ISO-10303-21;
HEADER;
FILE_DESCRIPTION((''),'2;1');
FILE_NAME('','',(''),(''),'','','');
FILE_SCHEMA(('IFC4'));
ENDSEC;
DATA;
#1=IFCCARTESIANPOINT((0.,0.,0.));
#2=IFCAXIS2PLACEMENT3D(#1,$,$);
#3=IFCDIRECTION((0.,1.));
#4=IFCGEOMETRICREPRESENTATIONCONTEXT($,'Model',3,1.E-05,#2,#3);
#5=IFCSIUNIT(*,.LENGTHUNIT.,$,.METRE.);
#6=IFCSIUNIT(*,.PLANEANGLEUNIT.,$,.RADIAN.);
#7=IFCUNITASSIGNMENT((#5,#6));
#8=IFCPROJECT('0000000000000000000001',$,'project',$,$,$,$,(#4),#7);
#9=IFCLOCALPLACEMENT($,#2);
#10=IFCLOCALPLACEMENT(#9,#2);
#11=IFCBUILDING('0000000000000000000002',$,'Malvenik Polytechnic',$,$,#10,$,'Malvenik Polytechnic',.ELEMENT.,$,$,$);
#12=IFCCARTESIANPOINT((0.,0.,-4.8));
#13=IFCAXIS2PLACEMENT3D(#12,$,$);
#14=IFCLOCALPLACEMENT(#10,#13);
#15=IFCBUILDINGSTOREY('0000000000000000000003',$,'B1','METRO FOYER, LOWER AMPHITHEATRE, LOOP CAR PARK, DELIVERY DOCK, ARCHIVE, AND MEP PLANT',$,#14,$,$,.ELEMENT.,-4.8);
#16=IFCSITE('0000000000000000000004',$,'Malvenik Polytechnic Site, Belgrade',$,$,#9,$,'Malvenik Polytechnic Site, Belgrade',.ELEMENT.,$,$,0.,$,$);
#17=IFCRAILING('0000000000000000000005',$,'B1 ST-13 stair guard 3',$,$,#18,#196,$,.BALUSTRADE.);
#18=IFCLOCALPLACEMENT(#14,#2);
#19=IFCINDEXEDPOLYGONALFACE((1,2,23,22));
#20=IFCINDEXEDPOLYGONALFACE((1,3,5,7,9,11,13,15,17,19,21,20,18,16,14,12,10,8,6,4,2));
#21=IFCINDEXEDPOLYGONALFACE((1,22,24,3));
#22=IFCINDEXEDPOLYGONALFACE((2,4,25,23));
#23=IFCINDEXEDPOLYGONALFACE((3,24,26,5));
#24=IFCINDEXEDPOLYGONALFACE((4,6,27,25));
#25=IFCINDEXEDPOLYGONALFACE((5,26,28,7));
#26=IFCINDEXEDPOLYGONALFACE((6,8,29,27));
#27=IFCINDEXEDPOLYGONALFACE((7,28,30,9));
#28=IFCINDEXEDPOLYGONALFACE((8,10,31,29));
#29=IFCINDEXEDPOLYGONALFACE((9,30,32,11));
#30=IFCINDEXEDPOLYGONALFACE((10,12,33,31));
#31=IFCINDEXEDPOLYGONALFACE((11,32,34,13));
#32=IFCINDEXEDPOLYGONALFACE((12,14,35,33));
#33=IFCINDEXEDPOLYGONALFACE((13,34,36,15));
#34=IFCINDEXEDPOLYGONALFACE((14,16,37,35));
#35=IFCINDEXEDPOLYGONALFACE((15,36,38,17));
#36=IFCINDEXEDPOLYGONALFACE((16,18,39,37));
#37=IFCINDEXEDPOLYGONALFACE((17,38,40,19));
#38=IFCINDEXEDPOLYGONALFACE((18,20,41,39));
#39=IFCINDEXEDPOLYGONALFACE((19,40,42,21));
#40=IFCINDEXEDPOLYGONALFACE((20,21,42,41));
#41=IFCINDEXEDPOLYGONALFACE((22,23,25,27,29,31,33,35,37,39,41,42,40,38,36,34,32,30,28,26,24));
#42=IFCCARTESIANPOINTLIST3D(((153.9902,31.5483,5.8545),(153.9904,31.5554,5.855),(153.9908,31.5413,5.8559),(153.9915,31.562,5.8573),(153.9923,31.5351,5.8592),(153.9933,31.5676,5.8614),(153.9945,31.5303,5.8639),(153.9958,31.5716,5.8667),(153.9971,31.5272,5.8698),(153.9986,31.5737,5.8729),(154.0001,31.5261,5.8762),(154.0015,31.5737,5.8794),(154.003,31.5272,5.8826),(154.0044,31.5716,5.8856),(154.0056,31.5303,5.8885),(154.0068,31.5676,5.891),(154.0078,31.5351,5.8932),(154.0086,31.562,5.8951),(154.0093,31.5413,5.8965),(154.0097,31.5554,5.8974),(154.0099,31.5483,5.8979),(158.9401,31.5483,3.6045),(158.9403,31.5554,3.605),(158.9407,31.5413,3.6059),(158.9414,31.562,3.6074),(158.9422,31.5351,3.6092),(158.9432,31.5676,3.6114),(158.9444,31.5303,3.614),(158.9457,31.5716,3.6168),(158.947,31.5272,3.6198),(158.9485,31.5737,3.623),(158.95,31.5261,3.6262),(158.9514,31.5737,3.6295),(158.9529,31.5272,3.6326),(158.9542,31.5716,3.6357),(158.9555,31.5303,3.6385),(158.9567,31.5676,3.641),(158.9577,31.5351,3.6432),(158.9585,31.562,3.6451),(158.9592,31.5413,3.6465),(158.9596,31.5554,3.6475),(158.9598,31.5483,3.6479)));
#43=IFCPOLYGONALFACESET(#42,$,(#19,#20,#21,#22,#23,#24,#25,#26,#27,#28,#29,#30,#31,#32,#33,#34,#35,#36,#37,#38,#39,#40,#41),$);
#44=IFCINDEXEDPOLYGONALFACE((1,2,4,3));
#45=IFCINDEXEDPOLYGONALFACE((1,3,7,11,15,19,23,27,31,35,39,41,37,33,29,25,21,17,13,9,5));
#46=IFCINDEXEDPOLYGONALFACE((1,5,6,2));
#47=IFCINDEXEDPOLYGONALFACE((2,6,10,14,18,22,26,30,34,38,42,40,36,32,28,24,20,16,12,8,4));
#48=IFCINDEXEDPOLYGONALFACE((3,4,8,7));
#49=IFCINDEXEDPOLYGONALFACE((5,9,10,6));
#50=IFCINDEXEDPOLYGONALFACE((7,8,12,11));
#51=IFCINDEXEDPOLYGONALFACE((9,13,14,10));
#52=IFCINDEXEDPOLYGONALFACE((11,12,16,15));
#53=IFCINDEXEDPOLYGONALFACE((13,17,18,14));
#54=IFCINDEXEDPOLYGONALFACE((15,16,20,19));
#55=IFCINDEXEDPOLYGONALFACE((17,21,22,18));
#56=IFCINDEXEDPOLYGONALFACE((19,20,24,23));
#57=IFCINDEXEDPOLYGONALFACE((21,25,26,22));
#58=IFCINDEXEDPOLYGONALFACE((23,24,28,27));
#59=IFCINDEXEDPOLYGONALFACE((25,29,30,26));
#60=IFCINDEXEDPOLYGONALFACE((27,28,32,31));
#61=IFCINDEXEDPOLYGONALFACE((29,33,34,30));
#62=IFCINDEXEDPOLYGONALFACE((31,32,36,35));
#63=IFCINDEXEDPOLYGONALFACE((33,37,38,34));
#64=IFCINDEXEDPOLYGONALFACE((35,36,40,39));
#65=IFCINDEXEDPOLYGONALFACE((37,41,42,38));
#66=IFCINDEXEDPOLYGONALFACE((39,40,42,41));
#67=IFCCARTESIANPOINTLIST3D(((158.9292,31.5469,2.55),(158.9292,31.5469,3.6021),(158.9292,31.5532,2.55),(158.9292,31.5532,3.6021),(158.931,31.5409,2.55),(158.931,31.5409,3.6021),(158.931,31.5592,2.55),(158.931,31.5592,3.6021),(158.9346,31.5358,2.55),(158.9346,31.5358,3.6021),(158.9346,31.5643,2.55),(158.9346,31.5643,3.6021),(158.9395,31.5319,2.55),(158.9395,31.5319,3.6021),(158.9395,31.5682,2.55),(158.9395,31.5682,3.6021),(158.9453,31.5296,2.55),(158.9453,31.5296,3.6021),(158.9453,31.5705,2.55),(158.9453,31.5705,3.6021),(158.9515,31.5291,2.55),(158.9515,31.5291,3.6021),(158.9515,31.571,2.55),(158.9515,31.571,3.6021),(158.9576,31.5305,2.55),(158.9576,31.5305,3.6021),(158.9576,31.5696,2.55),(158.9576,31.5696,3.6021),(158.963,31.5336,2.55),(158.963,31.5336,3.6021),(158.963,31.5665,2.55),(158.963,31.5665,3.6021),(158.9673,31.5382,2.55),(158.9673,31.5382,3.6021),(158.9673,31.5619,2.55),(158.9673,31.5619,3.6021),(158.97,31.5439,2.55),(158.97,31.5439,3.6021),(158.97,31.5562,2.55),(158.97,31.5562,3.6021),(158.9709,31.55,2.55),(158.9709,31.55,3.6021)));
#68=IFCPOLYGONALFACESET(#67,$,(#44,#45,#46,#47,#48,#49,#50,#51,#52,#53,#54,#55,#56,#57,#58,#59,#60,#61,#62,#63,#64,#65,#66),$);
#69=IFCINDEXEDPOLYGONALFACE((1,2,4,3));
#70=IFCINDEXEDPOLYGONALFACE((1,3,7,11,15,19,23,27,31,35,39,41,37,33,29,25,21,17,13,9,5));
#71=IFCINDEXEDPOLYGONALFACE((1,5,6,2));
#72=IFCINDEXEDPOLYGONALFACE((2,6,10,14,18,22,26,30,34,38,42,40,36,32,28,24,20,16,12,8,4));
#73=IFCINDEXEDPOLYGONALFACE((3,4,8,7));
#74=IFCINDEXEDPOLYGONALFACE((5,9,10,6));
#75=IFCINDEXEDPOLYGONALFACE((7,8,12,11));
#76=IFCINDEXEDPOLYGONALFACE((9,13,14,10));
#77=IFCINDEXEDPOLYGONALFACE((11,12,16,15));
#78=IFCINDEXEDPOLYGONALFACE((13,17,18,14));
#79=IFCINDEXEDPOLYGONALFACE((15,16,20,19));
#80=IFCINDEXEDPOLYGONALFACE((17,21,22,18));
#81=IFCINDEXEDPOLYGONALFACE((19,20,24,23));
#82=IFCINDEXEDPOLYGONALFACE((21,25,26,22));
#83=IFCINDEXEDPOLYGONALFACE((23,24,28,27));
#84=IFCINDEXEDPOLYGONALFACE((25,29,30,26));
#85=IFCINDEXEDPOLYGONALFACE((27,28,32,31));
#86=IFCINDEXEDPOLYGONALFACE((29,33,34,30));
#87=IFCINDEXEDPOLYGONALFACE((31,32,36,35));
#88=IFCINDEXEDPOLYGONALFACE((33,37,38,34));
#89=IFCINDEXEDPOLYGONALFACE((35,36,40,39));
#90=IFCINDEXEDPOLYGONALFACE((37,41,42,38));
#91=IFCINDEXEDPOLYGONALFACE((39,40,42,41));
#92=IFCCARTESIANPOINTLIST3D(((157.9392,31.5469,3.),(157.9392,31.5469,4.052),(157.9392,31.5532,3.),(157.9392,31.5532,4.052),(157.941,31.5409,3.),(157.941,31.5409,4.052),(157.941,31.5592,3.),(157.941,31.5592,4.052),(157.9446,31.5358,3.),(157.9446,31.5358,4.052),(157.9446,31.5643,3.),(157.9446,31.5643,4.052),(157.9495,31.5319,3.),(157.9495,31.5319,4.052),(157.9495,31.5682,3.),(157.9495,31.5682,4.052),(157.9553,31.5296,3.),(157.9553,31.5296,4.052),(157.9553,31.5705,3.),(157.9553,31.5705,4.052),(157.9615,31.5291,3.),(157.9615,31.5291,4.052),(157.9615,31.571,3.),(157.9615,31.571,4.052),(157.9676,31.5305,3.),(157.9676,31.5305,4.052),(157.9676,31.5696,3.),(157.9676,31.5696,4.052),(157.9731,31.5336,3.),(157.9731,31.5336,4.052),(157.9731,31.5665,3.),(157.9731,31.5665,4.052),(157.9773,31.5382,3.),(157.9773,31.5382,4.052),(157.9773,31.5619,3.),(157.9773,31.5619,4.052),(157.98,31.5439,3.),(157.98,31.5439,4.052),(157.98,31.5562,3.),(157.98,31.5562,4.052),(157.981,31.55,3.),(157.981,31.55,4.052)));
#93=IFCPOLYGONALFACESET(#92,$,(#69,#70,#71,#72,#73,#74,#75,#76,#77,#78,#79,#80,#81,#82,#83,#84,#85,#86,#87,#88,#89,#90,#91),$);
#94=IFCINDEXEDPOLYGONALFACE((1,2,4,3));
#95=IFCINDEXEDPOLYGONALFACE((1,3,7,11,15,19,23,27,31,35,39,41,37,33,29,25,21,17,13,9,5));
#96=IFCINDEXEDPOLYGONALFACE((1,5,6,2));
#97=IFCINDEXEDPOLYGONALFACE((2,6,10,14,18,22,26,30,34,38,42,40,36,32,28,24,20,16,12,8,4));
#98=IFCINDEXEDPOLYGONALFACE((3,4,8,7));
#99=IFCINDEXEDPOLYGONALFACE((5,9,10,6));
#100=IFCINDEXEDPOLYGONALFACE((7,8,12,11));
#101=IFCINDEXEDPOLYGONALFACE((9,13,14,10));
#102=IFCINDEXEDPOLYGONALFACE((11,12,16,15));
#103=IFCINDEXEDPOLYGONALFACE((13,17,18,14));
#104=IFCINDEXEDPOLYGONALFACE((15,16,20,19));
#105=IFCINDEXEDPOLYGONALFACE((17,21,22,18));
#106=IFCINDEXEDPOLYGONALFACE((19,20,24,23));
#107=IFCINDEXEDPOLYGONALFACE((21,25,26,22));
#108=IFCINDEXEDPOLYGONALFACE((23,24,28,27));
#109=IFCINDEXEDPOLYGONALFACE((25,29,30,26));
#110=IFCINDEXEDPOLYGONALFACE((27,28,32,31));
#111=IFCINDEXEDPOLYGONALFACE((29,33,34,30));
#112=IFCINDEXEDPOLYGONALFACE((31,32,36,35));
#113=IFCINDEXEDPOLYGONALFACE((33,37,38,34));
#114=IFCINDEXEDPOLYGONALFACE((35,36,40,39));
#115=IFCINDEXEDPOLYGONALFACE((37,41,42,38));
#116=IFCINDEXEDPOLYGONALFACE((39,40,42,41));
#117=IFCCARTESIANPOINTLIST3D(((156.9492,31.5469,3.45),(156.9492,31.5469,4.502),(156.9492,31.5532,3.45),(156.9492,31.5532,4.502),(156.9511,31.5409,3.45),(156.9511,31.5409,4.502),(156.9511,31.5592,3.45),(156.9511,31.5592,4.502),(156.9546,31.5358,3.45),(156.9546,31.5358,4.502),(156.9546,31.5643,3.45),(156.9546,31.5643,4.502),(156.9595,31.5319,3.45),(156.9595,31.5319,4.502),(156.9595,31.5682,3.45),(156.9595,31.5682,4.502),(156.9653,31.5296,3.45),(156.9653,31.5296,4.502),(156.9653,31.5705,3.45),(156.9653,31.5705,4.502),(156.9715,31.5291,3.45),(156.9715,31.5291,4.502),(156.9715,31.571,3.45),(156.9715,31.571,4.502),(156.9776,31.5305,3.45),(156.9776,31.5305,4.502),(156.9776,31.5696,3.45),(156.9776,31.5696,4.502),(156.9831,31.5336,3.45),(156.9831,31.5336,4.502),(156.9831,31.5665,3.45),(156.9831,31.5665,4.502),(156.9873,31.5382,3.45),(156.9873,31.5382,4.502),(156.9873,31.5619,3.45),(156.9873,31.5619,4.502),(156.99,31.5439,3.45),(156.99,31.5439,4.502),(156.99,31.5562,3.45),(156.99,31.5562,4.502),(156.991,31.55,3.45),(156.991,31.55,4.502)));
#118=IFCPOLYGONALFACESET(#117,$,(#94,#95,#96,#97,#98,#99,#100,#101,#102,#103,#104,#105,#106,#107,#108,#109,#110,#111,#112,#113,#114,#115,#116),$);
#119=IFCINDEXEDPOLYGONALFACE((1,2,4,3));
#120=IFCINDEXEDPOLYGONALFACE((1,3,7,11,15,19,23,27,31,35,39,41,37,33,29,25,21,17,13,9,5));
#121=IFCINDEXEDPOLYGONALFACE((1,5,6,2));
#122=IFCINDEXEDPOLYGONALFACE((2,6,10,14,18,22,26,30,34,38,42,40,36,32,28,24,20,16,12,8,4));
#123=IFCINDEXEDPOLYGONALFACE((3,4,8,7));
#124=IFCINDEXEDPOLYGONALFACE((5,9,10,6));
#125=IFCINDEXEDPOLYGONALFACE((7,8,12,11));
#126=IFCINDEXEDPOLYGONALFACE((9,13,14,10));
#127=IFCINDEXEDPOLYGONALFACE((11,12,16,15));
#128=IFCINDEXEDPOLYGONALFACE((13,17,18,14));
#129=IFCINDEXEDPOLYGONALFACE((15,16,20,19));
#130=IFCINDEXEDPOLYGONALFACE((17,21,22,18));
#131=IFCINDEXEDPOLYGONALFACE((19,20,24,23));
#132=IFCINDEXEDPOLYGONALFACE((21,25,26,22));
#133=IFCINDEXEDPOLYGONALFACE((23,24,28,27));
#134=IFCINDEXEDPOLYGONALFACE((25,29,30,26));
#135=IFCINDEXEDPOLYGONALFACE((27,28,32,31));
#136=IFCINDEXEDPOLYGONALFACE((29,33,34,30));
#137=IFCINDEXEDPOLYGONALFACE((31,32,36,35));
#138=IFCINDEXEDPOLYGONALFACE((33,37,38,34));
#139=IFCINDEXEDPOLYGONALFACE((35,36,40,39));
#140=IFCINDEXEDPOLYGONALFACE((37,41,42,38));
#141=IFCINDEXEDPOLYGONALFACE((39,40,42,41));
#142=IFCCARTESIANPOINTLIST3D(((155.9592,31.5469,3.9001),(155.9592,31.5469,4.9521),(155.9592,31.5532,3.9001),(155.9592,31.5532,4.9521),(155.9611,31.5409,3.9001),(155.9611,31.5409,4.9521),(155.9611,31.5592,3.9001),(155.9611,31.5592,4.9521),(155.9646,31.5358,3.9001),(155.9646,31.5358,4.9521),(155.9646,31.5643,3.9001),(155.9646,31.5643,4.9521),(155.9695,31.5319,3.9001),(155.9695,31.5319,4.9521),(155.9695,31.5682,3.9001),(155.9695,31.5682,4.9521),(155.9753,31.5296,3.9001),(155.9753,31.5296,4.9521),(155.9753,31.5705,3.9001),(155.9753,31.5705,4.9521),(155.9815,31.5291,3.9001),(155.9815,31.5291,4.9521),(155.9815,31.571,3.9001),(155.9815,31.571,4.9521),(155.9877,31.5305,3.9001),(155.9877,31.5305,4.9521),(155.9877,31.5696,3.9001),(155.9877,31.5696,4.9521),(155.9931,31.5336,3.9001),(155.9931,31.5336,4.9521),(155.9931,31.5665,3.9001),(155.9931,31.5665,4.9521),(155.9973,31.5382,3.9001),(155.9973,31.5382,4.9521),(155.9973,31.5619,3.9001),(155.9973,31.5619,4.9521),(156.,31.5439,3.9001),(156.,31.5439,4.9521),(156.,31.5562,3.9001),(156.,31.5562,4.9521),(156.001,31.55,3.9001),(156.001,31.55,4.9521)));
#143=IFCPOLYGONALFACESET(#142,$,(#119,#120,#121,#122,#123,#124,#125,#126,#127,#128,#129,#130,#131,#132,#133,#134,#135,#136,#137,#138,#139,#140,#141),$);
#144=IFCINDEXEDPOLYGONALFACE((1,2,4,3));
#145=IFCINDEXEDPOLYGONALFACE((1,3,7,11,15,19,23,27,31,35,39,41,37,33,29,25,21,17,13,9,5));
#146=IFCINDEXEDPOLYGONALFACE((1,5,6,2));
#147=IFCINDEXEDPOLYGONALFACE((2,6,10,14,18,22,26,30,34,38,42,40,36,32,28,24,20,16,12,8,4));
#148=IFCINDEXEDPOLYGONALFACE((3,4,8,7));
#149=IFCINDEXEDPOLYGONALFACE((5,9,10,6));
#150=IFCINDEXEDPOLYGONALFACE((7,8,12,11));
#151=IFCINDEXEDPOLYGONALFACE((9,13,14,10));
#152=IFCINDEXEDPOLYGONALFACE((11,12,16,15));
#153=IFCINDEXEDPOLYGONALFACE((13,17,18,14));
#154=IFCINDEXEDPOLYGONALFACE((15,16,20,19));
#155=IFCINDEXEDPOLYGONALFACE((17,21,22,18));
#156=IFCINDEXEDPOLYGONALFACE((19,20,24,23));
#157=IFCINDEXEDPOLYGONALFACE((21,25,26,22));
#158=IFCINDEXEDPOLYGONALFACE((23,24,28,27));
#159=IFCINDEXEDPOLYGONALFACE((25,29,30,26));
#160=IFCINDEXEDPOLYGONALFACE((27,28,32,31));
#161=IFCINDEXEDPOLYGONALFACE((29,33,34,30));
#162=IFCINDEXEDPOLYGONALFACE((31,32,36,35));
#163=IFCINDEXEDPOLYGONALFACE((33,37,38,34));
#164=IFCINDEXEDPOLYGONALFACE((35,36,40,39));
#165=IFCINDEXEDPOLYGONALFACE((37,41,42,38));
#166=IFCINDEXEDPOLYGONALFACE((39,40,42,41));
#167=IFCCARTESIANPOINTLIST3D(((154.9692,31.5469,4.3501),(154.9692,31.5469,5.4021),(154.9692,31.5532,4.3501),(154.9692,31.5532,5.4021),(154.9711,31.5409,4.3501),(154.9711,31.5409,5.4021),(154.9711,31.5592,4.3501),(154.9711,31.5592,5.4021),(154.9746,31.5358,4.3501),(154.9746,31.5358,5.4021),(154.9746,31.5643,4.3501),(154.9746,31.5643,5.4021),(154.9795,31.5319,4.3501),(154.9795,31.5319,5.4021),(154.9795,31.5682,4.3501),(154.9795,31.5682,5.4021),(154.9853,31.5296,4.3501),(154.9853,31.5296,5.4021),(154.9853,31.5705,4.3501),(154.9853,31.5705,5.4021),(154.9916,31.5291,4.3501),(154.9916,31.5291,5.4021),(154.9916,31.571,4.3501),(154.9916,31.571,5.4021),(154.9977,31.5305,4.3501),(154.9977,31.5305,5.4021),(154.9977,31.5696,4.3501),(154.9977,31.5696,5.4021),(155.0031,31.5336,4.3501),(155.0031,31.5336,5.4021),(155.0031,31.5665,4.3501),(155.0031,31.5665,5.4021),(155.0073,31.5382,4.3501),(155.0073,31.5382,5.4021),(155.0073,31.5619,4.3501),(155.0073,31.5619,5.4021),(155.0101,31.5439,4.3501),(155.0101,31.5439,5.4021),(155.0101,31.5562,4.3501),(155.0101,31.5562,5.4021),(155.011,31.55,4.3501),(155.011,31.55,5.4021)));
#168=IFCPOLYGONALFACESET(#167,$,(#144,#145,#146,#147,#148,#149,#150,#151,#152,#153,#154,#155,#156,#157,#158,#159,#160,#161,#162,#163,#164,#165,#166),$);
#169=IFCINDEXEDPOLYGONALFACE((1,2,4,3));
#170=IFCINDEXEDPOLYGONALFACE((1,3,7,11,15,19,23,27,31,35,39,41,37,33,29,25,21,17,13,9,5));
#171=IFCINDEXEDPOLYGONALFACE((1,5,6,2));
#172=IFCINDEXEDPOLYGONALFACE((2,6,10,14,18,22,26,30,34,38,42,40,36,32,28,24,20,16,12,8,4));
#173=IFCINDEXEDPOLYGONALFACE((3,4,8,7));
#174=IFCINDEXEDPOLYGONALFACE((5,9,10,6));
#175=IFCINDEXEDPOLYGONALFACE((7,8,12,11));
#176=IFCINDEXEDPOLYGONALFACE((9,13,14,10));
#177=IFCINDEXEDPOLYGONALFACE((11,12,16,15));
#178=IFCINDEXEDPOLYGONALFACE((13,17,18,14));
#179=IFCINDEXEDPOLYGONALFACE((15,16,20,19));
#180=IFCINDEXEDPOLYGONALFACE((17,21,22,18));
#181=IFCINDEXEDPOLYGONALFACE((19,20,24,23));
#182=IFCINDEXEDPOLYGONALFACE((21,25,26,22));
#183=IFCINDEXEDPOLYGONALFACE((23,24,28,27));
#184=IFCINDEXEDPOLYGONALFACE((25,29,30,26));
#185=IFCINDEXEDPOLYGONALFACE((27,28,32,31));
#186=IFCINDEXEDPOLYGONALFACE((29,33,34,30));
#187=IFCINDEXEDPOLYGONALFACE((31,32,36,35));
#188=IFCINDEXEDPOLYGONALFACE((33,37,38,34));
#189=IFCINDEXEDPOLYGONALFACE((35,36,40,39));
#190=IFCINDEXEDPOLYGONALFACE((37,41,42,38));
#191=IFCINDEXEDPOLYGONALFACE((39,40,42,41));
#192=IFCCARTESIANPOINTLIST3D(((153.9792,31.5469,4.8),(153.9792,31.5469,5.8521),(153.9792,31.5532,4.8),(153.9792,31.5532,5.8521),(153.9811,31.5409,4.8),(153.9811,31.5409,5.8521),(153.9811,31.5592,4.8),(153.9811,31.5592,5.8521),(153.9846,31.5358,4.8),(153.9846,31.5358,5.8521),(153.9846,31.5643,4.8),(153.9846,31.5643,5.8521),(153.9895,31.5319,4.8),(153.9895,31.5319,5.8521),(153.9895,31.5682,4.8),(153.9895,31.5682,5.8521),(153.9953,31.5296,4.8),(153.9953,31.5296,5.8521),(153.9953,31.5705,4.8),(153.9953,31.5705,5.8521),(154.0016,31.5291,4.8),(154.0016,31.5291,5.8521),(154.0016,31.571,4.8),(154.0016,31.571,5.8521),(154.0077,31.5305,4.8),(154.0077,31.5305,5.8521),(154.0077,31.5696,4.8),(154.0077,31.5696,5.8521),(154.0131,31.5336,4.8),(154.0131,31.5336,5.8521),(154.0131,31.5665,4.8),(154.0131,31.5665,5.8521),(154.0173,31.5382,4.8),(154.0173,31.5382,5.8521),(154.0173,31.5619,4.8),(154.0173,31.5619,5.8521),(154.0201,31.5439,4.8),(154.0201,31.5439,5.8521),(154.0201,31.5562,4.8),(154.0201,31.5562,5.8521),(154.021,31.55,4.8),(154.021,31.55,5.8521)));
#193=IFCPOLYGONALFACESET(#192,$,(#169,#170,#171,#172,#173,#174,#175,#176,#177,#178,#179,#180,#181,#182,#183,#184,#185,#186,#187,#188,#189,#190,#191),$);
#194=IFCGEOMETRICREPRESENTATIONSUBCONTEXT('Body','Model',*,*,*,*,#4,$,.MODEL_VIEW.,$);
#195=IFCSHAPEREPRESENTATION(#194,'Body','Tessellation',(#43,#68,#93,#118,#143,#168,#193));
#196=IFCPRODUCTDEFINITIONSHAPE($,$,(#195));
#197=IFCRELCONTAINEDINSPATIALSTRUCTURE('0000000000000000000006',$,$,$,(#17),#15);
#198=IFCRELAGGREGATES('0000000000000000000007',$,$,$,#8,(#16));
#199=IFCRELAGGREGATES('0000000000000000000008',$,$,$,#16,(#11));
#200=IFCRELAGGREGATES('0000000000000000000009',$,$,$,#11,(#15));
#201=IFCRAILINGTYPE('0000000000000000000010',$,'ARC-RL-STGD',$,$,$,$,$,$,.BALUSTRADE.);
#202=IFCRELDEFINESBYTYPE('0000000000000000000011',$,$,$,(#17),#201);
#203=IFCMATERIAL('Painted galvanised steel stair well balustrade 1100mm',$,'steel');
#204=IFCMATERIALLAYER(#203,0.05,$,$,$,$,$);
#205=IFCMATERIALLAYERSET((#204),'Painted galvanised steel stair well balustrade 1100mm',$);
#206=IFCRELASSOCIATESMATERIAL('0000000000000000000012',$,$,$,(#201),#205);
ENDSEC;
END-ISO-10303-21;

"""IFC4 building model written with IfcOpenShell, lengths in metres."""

from ifc_helpers import new_model, si_unit, direction, frame, origin, origin_2d, place, context, subcontext, project, spatial, circle, extrude, material, layer, layer_set, type_object, element, save


model = new_model("IFC4")

# Units and contexts
model_context = context("Model", 3, precision=1e-05, world=origin(), true_north=direction((0.0, 1.0)))
body_context = subcontext(model_context, "Body", "Model", "MODEL_VIEW")
ifc_project = project(units=[si_unit("LENGTHUNIT", "METRE"), si_unit("PLANEANGLEUNIT", "RADIAN")], contexts=[model_context])

# Site, building, storey
site_placement = place(None, origin())
site = spatial("IfcSite", under=ifc_project, at=site_placement, Name="Malvenik Polytechnic Site, Belgrade", LongName="Malvenik Polytechnic Site, Belgrade", CompositionType="ELEMENT", RefElevation=0.0)
building_placement = place(site_placement, origin())
building = spatial("IfcBuilding", under=site, at=building_placement, Name="Malvenik Polytechnic", LongName="Malvenik Polytechnic", CompositionType="ELEMENT")
storey_placement = place(building_placement, frame((0.0, 0.0, -4.8)))
storey = spatial("IfcBuildingStorey", under=building, at=storey_placement, Name="B1", Description="METRO FOYER, LOWER AMPHITHEATRE, LOOP CAR PARK, DELIVERY DOCK, ARCHIVE, AND MEP PLANT", CompositionType="ELEMENT", Elevation=-4.8)

# Railing
ifc_material_1 = material(Name="Painted galvanised steel stair well balustrade 1100mm", Category="steel")
ifc_layer_1 = layer(ifc_material_1, 0.05)
ifc_layer_set_1 = layer_set([ifc_layer_1], Name="Painted galvanised steel stair well balustrade 1100mm")
railing_type_1 = type_object("IfcRailingType", Name="ARC-RL-STGD", PredefinedType="BALUSTRADE", material=ifc_layer_set_1)
railing_1_placement = place(storey_placement, frame((158.95, 31.55, 2.55)))
element("IfcRailing", 1, at=railing_1_placement, inside=storey, type_object=railing_type_1, Name="B1 ST-13 stair guard 3", PredefinedType="BALUSTRADE", context=body_context, shape_type="SweptSolid", body=[
    extrude(circle(Radius=0.0239, at=origin_2d()), frame((0.0, 0.0, 1.0762), z_axis=(-0.910365, 0.0, 0.413806), x_axis=(0.0, -1.0, 0.0)), (0.0, 0.0, 1.0), 5.4373),
    extrude(circle(Radius=0.021, at=origin_2d()), origin(), (0.0, 0.0, 1.0), 1.052),
    extrude(circle(Radius=0.021, at=origin_2d()), frame((-0.99, 0.0, 0.45)), (0.0, 0.0, 1.0), 1.052),
    extrude(circle(Radius=0.021, at=origin_2d()), frame((-1.98, 0.0, 0.8999)), (0.0, 0.0, 1.0), 1.052),
    extrude(circle(Radius=0.021, at=origin_2d()), frame((-2.97, 0.0, 1.3501)), (0.0, 0.0, 1.0), 1.052),
    extrude(circle(Radius=0.021, at=origin_2d()), frame((-3.96, 0.0, 1.8)), (0.0, 0.0, 1.0), 1.052),
    extrude(circle(Radius=0.021, at=origin_2d()), frame((-4.95, 0.0, 2.25)), (0.0, 0.0, 1.0), 1.052),
])

save(model, "model.ifc")
